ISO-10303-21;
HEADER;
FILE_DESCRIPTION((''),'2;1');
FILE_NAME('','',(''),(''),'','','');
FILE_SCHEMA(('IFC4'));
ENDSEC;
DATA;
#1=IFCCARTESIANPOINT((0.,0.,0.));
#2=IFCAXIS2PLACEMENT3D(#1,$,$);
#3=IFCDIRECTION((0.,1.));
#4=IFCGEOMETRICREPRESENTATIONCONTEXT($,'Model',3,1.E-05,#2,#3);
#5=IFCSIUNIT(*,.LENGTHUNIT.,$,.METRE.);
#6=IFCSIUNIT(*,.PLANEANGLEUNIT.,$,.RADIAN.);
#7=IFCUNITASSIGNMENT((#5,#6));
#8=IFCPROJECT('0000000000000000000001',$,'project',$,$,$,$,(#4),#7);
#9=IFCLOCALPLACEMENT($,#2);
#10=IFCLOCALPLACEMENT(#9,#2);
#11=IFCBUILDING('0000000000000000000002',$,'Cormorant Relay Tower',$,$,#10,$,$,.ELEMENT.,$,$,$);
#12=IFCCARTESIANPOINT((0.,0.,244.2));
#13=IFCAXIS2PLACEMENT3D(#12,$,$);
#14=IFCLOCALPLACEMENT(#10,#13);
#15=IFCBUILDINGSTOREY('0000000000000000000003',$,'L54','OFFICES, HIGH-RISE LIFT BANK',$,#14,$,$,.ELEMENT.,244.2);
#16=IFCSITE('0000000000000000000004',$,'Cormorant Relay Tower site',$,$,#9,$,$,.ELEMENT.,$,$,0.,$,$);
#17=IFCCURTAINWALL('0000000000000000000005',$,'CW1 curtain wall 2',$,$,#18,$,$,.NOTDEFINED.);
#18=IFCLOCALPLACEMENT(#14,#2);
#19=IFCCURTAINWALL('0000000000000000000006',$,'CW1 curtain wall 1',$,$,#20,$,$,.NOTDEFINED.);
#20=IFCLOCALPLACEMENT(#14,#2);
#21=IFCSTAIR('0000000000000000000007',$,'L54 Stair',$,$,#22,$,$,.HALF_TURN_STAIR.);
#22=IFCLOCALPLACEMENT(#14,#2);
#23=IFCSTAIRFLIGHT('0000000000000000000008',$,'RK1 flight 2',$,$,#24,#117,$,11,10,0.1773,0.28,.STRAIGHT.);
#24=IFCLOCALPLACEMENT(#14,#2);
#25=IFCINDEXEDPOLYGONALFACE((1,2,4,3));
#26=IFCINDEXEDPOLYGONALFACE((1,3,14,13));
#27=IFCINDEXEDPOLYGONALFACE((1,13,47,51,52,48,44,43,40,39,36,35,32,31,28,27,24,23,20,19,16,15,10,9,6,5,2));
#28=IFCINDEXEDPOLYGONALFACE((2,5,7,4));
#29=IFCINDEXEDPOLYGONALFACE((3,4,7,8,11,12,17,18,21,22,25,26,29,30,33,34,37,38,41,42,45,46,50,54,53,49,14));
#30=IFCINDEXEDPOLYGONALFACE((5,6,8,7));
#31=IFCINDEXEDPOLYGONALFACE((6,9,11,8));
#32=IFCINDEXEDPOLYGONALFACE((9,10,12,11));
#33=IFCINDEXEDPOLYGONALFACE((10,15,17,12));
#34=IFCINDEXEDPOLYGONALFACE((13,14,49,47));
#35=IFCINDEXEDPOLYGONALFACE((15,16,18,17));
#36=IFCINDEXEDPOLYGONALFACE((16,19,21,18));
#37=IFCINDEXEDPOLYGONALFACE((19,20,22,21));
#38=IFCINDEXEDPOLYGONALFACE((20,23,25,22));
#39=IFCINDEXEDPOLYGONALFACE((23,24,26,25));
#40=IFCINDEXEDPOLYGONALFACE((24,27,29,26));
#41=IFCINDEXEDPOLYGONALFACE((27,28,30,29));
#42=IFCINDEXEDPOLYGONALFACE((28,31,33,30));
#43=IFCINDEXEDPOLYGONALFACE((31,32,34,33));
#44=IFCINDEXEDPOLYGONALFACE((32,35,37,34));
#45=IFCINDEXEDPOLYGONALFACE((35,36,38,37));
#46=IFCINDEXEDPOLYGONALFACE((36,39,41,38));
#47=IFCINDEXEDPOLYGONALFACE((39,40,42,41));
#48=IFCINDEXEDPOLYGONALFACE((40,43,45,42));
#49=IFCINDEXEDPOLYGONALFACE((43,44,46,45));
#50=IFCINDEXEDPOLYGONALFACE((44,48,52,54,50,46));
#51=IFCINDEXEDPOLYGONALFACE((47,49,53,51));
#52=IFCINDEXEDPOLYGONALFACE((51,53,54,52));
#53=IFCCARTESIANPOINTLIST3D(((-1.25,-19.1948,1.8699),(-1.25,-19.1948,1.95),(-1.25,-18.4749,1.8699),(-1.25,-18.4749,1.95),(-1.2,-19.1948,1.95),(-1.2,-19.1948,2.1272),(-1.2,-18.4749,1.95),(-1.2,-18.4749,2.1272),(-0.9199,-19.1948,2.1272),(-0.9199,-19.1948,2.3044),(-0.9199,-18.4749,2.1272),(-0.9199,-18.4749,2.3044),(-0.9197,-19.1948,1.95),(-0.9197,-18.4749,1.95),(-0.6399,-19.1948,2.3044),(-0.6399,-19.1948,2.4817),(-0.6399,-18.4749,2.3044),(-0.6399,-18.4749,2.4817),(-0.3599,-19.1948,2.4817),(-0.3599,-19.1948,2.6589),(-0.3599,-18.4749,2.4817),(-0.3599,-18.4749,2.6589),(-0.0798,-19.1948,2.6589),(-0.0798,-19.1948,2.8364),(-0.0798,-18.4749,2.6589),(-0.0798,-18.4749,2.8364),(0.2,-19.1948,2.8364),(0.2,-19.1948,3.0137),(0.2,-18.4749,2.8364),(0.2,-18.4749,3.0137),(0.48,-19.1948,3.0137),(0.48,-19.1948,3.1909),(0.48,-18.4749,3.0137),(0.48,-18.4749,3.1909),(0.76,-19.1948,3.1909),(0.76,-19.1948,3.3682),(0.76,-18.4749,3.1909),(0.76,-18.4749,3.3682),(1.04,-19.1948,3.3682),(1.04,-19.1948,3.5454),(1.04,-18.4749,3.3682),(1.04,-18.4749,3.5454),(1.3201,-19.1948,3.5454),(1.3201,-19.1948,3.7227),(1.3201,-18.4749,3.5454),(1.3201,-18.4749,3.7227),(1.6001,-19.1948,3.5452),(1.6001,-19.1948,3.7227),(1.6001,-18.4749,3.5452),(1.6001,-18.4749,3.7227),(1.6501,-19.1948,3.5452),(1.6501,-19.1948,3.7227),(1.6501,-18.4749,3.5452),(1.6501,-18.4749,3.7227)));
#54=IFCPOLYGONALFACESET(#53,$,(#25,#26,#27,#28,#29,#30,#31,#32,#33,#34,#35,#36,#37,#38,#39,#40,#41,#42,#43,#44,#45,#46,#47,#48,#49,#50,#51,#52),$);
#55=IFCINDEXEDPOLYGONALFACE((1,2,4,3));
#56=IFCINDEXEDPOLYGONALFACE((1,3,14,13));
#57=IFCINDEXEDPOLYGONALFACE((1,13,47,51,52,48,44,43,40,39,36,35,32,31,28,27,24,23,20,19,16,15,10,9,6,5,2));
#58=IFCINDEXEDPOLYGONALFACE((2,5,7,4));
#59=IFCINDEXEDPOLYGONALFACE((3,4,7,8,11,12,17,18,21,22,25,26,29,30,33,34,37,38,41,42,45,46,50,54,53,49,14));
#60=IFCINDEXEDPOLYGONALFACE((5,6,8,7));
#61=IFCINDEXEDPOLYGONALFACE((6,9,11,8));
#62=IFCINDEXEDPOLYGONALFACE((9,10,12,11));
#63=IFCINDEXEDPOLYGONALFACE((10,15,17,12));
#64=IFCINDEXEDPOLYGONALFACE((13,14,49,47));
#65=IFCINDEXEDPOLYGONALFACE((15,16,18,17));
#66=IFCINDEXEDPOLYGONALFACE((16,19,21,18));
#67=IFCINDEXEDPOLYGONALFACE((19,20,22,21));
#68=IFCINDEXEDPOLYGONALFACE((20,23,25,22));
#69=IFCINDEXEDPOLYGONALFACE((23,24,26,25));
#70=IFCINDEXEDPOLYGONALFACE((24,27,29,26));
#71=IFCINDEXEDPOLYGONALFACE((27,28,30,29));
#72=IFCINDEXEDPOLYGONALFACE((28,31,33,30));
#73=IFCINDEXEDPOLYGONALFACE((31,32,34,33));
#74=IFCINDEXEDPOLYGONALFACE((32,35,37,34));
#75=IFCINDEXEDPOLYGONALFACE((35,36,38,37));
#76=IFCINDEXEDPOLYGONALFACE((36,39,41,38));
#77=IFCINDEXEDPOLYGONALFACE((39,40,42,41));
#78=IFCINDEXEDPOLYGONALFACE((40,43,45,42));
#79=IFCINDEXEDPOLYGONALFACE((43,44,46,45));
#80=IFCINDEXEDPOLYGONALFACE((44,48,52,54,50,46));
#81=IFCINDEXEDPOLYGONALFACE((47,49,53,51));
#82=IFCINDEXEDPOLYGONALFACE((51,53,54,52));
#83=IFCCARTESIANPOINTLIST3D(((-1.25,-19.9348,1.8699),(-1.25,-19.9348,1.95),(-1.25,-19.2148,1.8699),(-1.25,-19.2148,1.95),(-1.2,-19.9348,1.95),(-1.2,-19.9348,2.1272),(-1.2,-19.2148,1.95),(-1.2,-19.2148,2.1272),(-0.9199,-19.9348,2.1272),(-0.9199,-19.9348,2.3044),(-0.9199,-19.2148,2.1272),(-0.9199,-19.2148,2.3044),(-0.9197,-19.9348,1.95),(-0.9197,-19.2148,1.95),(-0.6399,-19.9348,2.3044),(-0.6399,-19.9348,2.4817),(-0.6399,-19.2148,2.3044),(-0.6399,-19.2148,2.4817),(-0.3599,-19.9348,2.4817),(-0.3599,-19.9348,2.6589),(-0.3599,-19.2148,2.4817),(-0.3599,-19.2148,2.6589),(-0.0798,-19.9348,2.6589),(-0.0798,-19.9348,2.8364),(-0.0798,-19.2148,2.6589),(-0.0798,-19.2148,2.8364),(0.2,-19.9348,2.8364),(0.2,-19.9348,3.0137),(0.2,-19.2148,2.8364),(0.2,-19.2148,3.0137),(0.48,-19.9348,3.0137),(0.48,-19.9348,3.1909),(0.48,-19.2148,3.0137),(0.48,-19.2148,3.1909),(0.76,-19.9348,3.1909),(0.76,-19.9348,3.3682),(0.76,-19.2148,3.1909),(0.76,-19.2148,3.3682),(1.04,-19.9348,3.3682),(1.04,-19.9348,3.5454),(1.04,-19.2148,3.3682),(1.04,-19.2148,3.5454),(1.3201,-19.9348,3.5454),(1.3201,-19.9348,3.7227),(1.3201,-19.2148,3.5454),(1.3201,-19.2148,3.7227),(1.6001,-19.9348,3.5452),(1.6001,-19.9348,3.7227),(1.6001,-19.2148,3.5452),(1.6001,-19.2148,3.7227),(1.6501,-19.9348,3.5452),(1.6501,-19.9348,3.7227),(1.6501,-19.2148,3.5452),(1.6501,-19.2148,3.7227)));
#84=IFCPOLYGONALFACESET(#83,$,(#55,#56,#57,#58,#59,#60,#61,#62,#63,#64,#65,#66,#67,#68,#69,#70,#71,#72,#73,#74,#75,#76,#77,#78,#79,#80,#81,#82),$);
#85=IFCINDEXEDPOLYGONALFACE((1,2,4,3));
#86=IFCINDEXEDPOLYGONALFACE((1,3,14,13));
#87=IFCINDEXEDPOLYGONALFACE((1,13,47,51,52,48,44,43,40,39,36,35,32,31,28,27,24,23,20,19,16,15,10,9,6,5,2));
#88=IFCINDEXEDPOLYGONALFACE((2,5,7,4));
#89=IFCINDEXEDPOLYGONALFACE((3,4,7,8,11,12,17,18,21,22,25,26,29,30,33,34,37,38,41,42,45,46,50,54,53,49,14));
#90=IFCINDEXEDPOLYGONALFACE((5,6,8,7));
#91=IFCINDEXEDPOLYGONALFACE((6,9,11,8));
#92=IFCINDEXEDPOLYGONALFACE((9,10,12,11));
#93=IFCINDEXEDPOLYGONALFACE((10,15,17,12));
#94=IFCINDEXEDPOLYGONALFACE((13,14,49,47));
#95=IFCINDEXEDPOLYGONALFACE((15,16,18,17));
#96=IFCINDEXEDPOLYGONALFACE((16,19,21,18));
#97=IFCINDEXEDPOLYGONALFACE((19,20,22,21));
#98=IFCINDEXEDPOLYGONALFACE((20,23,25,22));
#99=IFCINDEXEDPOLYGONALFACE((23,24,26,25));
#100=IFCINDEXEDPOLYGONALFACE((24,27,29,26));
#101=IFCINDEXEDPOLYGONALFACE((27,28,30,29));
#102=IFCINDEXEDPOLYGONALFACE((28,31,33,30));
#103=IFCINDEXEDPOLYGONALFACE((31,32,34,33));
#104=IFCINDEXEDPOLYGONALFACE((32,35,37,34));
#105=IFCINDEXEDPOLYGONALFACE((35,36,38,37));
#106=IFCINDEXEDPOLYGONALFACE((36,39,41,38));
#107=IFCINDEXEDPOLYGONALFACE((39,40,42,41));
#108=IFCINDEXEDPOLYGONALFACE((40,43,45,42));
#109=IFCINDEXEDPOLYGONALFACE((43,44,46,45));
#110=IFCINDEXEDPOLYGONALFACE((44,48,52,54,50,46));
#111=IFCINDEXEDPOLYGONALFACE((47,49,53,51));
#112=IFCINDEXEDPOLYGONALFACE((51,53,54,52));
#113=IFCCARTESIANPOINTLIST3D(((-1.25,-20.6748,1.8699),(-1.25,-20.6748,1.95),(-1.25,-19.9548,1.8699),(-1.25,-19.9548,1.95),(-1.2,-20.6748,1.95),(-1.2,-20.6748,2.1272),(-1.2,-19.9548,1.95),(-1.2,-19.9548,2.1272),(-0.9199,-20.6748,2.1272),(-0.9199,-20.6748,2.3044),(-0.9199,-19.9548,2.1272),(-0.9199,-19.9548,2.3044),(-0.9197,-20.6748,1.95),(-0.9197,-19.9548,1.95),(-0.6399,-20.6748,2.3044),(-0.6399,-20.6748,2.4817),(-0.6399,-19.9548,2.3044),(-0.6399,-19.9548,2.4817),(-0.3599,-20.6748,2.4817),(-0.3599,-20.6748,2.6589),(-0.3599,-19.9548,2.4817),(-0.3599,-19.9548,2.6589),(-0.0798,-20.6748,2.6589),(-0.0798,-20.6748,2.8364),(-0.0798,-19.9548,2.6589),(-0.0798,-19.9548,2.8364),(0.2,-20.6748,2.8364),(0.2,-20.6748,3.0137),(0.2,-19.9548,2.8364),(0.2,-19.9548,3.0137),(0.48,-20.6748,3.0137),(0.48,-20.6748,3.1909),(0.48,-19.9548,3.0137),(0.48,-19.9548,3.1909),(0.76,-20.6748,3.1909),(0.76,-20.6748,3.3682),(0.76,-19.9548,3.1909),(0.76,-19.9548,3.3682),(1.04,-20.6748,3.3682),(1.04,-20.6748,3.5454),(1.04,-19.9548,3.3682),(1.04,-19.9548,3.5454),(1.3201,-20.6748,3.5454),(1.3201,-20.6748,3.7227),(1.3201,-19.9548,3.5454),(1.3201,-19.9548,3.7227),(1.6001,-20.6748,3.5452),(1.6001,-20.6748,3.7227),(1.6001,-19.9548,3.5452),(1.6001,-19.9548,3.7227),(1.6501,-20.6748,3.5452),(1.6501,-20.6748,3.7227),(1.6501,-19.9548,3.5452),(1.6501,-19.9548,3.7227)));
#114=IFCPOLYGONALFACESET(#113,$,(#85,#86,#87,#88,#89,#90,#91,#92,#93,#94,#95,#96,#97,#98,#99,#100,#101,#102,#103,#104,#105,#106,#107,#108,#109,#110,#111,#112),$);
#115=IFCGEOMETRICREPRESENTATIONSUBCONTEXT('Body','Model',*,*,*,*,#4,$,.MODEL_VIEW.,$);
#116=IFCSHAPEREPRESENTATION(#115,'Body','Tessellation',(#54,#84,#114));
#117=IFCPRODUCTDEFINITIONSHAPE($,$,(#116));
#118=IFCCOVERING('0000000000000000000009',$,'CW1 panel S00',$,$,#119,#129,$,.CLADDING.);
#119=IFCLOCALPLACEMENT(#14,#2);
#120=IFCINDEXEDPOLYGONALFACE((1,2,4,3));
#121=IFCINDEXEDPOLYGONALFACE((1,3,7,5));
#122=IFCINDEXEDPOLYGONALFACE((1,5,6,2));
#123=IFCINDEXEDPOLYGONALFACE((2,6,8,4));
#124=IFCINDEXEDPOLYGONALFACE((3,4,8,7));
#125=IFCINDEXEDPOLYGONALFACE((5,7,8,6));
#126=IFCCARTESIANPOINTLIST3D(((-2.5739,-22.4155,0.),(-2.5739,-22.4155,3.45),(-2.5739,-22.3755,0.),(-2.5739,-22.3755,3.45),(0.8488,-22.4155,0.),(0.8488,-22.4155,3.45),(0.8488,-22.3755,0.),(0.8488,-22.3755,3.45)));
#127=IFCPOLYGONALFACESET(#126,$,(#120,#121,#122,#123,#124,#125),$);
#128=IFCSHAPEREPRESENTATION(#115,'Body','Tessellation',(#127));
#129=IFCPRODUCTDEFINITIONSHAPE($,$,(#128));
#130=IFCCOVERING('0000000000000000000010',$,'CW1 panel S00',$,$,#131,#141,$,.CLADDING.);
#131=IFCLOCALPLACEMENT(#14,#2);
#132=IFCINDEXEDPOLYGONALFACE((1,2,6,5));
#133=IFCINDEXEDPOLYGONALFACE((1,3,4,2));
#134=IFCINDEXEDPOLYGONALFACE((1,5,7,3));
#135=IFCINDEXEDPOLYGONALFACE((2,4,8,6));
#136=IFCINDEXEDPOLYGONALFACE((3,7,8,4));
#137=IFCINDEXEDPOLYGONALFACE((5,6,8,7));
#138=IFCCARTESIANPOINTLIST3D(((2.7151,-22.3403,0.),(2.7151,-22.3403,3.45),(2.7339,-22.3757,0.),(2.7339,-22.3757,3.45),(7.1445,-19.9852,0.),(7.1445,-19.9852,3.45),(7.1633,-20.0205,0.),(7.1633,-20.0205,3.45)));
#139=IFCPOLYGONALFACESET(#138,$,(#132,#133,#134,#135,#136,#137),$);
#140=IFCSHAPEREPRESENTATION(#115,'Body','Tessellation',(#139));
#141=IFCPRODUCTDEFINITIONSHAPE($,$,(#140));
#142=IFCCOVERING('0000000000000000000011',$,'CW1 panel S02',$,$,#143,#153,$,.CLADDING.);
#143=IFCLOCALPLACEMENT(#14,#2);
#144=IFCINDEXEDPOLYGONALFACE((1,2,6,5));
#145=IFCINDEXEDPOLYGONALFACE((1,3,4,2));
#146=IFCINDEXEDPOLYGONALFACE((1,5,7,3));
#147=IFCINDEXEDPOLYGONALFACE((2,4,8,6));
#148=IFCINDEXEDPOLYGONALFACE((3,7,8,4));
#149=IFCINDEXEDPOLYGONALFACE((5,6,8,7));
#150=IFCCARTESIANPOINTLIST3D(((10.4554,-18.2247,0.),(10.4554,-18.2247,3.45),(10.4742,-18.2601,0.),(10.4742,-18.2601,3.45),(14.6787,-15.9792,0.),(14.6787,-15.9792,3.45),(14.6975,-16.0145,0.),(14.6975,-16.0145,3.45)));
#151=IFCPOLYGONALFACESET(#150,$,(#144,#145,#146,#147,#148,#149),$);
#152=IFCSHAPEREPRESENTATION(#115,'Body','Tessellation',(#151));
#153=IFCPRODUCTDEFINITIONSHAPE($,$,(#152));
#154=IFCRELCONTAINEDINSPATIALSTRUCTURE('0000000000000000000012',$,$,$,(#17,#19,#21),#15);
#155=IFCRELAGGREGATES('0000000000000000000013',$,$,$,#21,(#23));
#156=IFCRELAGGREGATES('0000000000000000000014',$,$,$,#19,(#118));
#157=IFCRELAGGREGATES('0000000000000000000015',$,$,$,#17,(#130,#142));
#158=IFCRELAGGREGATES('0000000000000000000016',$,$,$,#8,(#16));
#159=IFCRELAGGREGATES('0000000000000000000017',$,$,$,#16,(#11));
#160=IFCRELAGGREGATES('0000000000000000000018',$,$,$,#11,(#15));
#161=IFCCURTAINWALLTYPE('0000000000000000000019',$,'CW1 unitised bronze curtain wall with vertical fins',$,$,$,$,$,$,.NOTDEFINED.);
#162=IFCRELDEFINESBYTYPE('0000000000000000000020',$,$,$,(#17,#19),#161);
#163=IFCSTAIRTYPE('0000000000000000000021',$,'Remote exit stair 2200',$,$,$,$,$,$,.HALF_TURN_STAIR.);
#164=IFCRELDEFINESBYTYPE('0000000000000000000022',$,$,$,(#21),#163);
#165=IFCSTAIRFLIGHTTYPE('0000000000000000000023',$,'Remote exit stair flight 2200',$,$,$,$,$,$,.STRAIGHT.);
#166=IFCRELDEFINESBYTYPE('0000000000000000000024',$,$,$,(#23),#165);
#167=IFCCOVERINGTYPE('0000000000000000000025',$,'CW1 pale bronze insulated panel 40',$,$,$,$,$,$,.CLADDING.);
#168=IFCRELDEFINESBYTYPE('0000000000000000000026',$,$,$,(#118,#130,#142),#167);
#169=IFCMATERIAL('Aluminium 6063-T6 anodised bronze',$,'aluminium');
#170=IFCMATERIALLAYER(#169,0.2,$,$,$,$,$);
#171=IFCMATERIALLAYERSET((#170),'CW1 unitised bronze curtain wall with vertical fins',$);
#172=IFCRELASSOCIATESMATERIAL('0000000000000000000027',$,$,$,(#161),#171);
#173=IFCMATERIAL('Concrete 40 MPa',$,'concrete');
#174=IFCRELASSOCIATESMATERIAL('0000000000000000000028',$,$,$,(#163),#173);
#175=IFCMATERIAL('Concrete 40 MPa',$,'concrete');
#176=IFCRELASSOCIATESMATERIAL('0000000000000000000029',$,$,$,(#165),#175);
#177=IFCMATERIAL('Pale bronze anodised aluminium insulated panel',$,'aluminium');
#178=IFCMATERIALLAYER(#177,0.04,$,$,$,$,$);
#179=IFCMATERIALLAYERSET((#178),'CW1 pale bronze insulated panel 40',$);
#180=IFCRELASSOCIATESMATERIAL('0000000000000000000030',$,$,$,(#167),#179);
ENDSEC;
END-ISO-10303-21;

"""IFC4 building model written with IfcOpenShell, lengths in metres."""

from ifc_helpers import new_model, si_unit, direction, frame, origin, origin_2d, place, context, subcontext, project, spatial, polyline, rectangle, outline, extrude, material, layer, layer_set, type_object, element, aggregate, save


model = new_model("IFC4")

# Units and contexts
model_context = context("Model", 3, precision=1e-05, world=origin(), true_north=direction((0.0, 1.0)))
body_context = subcontext(model_context, "Body", "Model", "MODEL_VIEW")
ifc_project = project(units=[si_unit("LENGTHUNIT", "METRE"), si_unit("PLANEANGLEUNIT", "RADIAN")], contexts=[model_context])

# Site, building, storey
site_placement = place(None, origin())
site = spatial("IfcSite", under=ifc_project, at=site_placement, Name="Cormorant Relay Tower site", CompositionType="ELEMENT", RefElevation=0.0)
building_placement = place(site_placement, origin())
building = spatial("IfcBuilding", under=site, at=building_placement, Name="Cormorant Relay Tower", CompositionType="ELEMENT")
storey_placement = place(building_placement, frame((0.0, 0.0, 244.2)))
storey = spatial("IfcBuildingStorey", under=building, at=storey_placement, Name="L54", Description="OFFICES, HIGH-RISE LIFT BANK", CompositionType="ELEMENT", Elevation=244.2)

# Curtain wall
ifc_material_1 = material(Name="Aluminium 6063-T6 anodised bronze", Category="aluminium")
ifc_layer_1 = layer(ifc_material_1, 0.2)
ifc_layer_set_1 = layer_set([ifc_layer_1], Name="CW1 unitised bronze curtain wall with vertical fins")
curtain_wall_type = type_object("IfcCurtainWallType", Name="CW1 unitised bronze curtain wall with vertical fins", PredefinedType="NOTDEFINED", material=ifc_layer_set_1)
curtain_wall_1_placement = place(storey_placement, origin())
curtain_wall_1 = element("IfcCurtainWall", 1, at=curtain_wall_1_placement, inside=storey, type_object=curtain_wall_type, Name="CW1 curtain wall 2", PredefinedType="NOTDEFINED")

# Curtain wall
curtain_wall_2_placement = place(storey_placement, origin())
curtain_wall_2 = element("IfcCurtainWall", 2, at=curtain_wall_2_placement, inside=storey, type_object=curtain_wall_type, Name="CW1 curtain wall 1", PredefinedType="NOTDEFINED")

# Stair, stair flight
ifc_material_2 = material(Name="Concrete 40 MPa", Category="concrete")
stair_type = type_object("IfcStairType", Name="Remote exit stair 2200", PredefinedType="HALF_TURN_STAIR", material=ifc_material_2)
stair_placement = place(storey_placement, origin())
stair = element("IfcStair", 3, at=stair_placement, inside=storey, type_object=stair_type, Name="L54 Stair", PredefinedType="HALF_TURN_STAIR")
ifc_material_3 = material(Name="Concrete 40 MPa", Category="concrete")
stair_flight_type = type_object("IfcStairFlightType", Name="Remote exit stair flight 2200", PredefinedType="STRAIGHT", material=ifc_material_3)
stair_flight_1_placement = place(storey_placement, frame((-1.2, -19.575, 1.95), z_axis=(0.0, 0.0, 1.0), x_axis=(1.0, 0.0, 0.0)))
stair_flight_1 = element("IfcStairFlight", 4, at=stair_flight_1_placement, type_object=stair_flight_type, Name="RK1 flight 2", NumberOfRisers=11, NumberOfTreads=10, PredefinedType="STRAIGHT", RiserHeight=0.1773, TreadLength=0.28, context=body_context, shape_type="SweptSolid", body=[
    extrude(outline(polyline([(-0.05, -0.0801), (-0.05, 0.0), (0.0, 0.0), (0.0, 0.1772), (0.28, 0.1772), (0.28, 0.3545), (0.5601, 0.3545), (0.5601, 0.5317), (0.8401, 0.5317), (0.8401, 0.709), (1.1201, 0.709), (1.1201, 0.8865), (1.3999, 0.8865), (1.3999, 1.0637), (1.6799, 1.0637), (1.6799, 1.241), (1.96, 1.241), (1.96, 1.4182), (2.24, 1.4182), (2.24, 1.5955), (2.52, 1.5955), (2.52, 1.7727), (2.8, 1.7727), (2.8501, 1.7727), (2.8501, 1.5952), (2.8, 1.5952), (0.2803, 0.0), (-0.05, -0.0801)])), frame((0.0, 1.1001, 0.0), z_axis=(0.0, -1.0, 0.0), x_axis=(1.0, 0.0, 0.0)), (0.0, 0.0, 1.0), 0.72),
    extrude(outline(polyline([(-0.05, -0.0801), (-0.05, 0.0), (0.0, 0.0), (0.0, 0.1772), (0.28, 0.1772), (0.28, 0.3545), (0.5601, 0.3545), (0.5601, 0.5317), (0.8401, 0.5317), (0.8401, 0.709), (1.1201, 0.709), (1.1201, 0.8865), (1.3999, 0.8865), (1.3999, 1.0637), (1.6799, 1.0637), (1.6799, 1.241), (1.96, 1.241), (1.96, 1.4182), (2.24, 1.4182), (2.24, 1.5955), (2.52, 1.5955), (2.52, 1.7727), (2.8, 1.7727), (2.8501, 1.7727), (2.8501, 1.5952), (2.8, 1.5952), (0.2803, 0.0), (-0.05, -0.0801)])), frame((0.0, 0.3601, 0.0), z_axis=(0.0, -1.0, 0.0), x_axis=(1.0, 0.0, 0.0)), (0.0, 0.0, 1.0), 0.72),
    extrude(outline(polyline([(-0.05, -0.0801), (-0.05, 0.0), (0.0, 0.0), (0.0, 0.1772), (0.28, 0.1772), (0.28, 0.3545), (0.5601, 0.3545), (0.5601, 0.5317), (0.8401, 0.5317), (0.8401, 0.709), (1.1201, 0.709), (1.1201, 0.8865), (1.3999, 0.8865), (1.3999, 1.0637), (1.6799, 1.0637), (1.6799, 1.241), (1.96, 1.241), (1.96, 1.4182), (2.24, 1.4182), (2.24, 1.5955), (2.52, 1.5955), (2.52, 1.7727), (2.8, 1.7727), (2.8501, 1.7727), (2.8501, 1.5952), (2.8, 1.5952), (0.2803, 0.0), (-0.05, -0.0801)])), frame((0.0, -0.3799, 0.0), z_axis=(0.0, -1.0, 0.0), x_axis=(1.0, 0.0, 0.0)), (0.0, 0.0, 1.0), 0.72),
])
aggregate(stair, [stair_flight_1])

# Coverings
ifc_material_4 = material(Name="Pale bronze anodised aluminium insulated panel", Category="aluminium")
ifc_layer_2 = layer(ifc_material_4, 0.04)
ifc_layer_set_2 = layer_set([ifc_layer_2], Name="CW1 pale bronze insulated panel 40")
covering_type = type_object("IfcCoveringType", Name="CW1 pale bronze insulated panel 40", PredefinedType="CLADDING", material=ifc_layer_set_2)
covering_1_placement = place(storey_placement, frame((-0.8625, -22.3955, 0.0), z_axis=(0.0, 0.0, 1.0), x_axis=(1.0, 0.0, 0.0)))
covering_1 = element("IfcCovering", 5, at=covering_1_placement, type_object=covering_type, Name="CW1 panel S00", PredefinedType="CLADDING", context=body_context, shape_type="SweptSolid", body=[
    extrude(rectangle(XDim=3.4226, YDim=0.04, at=origin_2d()), origin(), (0.0, 0.0, 1.0), 3.45),
])
aggregate(curtain_wall_2, [covering_1])
covering_2_placement = place(storey_placement, frame((4.9392, -21.1804, 0.0), z_axis=(0.0, 0.0, 1.0), x_axis=(0.882948, 0.469472, 0.0)))
covering_2 = element("IfcCovering", 6, at=covering_2_placement, type_object=covering_type, Name="CW1 panel S00", PredefinedType="CLADDING", context=body_context, shape_type="SweptSolid", body=[
    extrude(rectangle(XDim=5.0166, YDim=0.04, at=origin_2d()), origin(), (0.0, 0.0, 1.0), 3.45),
])
covering_3_placement = place(storey_placement, frame((12.5764, -17.1196, 0.0), z_axis=(0.0, 0.0, 1.0), x_axis=(0.882948, 0.469472, 0.0)))
covering_3 = element("IfcCovering", 7, at=covering_3_placement, type_object=covering_type, Name="CW1 panel S02", PredefinedType="CLADDING", context=body_context, shape_type="SweptSolid", body=[
    extrude(rectangle(XDim=4.7832, YDim=0.04, at=origin_2d()), origin(), (0.0, 0.0, 1.0), 3.45),
])
aggregate(curtain_wall_1, [covering_2, covering_3])

save(model, "model.ifc")
